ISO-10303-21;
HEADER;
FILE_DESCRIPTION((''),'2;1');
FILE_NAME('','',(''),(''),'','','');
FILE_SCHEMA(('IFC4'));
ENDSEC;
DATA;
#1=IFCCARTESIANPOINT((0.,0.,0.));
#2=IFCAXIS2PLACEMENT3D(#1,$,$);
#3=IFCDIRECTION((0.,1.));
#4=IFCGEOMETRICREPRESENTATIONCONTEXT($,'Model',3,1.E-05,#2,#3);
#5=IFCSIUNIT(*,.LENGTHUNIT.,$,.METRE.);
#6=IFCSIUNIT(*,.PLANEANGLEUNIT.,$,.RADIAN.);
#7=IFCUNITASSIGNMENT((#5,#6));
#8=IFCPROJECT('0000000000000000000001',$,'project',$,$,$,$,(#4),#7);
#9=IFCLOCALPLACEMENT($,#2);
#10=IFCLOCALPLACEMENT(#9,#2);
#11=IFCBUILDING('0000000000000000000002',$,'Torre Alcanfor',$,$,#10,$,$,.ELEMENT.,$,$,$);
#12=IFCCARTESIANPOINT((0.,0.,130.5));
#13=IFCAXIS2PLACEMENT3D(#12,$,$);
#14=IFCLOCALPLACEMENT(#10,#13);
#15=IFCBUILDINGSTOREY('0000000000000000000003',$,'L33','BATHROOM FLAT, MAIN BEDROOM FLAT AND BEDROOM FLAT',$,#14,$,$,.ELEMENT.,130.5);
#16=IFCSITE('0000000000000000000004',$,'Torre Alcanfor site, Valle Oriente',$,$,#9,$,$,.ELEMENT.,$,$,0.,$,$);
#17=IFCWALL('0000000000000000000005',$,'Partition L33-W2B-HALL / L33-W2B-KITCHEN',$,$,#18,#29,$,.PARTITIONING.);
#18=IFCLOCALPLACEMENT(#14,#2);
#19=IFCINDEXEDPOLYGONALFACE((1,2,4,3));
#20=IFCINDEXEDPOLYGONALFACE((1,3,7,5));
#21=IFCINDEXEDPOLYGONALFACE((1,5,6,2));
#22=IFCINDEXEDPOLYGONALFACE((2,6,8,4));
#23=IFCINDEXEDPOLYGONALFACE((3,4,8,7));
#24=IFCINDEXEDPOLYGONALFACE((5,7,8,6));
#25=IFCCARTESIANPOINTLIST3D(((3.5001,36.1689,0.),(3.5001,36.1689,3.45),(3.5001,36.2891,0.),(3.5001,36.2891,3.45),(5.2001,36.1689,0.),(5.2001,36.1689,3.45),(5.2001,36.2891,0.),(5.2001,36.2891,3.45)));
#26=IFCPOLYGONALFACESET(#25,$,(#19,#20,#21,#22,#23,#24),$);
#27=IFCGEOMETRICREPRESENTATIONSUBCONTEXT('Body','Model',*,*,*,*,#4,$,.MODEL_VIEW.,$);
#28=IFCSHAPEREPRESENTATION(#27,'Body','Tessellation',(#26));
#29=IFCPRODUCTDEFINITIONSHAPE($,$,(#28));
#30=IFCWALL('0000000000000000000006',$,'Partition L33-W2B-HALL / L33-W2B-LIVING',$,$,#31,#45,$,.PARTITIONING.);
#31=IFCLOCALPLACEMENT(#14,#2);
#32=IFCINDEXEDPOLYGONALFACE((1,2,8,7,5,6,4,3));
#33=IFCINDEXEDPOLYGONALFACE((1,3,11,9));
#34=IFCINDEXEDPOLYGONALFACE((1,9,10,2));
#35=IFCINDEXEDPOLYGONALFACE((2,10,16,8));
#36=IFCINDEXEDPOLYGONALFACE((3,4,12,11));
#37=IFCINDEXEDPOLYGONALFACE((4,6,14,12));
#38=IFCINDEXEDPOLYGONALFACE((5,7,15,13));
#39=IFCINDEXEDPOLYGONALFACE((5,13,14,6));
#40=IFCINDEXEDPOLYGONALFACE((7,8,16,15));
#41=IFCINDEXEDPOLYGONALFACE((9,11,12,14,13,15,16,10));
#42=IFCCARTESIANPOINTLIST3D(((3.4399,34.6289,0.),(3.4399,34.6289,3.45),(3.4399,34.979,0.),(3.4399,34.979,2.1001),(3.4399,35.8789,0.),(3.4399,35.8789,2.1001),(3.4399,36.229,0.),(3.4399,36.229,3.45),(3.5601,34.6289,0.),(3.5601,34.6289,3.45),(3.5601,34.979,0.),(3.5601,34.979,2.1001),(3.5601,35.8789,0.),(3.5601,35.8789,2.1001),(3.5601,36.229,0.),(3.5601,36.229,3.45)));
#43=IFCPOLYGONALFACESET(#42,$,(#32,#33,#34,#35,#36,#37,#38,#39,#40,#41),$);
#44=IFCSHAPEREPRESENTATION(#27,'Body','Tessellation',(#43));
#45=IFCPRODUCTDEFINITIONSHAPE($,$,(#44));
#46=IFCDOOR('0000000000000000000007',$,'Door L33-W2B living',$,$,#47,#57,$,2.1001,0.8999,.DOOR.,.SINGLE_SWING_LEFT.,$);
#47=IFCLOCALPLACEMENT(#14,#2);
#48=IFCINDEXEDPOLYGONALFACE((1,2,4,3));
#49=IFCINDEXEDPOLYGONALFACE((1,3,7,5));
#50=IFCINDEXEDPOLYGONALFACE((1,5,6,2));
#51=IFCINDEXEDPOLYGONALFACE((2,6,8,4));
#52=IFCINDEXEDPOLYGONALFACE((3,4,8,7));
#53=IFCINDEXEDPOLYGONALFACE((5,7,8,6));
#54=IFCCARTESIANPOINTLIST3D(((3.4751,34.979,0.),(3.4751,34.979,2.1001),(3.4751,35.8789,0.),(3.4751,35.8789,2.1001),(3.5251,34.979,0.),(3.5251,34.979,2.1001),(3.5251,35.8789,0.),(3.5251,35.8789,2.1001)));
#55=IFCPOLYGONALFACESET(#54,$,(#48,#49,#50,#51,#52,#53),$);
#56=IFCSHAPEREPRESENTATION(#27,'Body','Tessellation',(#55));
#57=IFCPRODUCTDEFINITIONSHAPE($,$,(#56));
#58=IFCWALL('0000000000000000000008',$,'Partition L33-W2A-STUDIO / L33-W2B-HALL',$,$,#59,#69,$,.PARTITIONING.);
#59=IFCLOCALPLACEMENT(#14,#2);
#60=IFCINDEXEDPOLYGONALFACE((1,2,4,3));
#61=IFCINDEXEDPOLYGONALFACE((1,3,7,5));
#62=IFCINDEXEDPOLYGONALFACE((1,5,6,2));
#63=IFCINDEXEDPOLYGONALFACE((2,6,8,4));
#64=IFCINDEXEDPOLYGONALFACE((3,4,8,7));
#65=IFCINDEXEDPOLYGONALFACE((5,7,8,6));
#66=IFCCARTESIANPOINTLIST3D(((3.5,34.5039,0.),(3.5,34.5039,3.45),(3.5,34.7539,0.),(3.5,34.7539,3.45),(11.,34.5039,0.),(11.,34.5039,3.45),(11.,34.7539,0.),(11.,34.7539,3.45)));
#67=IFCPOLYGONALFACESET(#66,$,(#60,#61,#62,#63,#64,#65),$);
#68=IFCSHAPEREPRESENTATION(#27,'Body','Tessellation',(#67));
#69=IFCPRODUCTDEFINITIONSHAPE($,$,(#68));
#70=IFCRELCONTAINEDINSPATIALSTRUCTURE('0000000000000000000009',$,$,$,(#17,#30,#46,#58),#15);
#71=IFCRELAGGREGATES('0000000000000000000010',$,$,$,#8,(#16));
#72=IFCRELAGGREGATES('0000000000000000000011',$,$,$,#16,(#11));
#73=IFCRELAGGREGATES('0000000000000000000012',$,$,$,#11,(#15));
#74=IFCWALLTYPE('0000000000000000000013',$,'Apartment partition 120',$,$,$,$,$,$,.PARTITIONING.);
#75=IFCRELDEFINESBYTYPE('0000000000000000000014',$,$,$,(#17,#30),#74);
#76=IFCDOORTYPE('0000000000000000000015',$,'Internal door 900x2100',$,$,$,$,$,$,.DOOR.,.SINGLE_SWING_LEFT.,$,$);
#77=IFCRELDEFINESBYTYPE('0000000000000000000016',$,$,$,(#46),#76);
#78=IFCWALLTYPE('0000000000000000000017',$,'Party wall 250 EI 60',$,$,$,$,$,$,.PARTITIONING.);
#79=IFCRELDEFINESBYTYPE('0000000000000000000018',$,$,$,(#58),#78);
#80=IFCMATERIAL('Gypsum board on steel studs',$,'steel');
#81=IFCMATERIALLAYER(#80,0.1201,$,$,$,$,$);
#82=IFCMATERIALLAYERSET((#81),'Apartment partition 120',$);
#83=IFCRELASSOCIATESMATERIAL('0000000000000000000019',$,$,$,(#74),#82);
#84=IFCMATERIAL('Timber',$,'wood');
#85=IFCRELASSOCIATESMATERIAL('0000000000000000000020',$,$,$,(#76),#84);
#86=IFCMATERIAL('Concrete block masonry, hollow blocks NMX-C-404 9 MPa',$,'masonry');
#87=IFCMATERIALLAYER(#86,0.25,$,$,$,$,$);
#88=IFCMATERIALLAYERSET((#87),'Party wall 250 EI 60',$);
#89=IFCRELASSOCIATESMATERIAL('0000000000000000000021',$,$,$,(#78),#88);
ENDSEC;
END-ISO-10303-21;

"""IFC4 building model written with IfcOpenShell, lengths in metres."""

from ifc_helpers import new_model, si_unit, direction, frame, frame_2d, origin, place, context, subcontext, project, spatial, rectangle, extrude, material, layer, layer_set, type_object, element, fill, save


model = new_model("IFC4")

# Units and contexts
model_context = context("Model", 3, precision=1e-05, world=origin(), true_north=direction((0.0, 1.0)))
body_context = subcontext(model_context, "Body", "Model", "MODEL_VIEW")
ifc_project = project(units=[si_unit("LENGTHUNIT", "METRE"), si_unit("PLANEANGLEUNIT", "RADIAN")], contexts=[model_context])

# Site, building, storey
site_placement = place(None, origin())
site = spatial("IfcSite", under=ifc_project, at=site_placement, Name="Torre Alcanfor site, Valle Oriente", CompositionType="ELEMENT", RefElevation=0.0)
building_placement = place(site_placement, origin())
building = spatial("IfcBuilding", under=site, at=building_placement, Name="Torre Alcanfor", CompositionType="ELEMENT")
storey_placement = place(building_placement, frame((0.0, 0.0, 130.5)))
storey = spatial("IfcBuildingStorey", under=building, at=storey_placement, Name="L33", Description="BATHROOM FLAT, MAIN BEDROOM FLAT AND BEDROOM FLAT", CompositionType="ELEMENT", Elevation=130.5)

# Wall
ifc_material_1 = material(Name="Gypsum board on steel studs", Category="steel")
ifc_layer_1 = layer(ifc_material_1, 0.1201)
ifc_layer_set_1 = layer_set([ifc_layer_1], Name="Apartment partition 120")
wall_type_1 = type_object("IfcWallType", Name="Apartment partition 120", PredefinedType="PARTITIONING", material=ifc_layer_set_1)
wall_1_placement = place(storey_placement, frame((3.5, 36.229, 0.0), z_axis=(0.0, 0.0, 1.0), x_axis=(1.0, 0.0, 0.0)))
element("IfcWall", 1, at=wall_1_placement, inside=storey, type_object=wall_type_1, Name="Partition L33-W2B-HALL / L33-W2B-KITCHEN", PredefinedType="PARTITIONING", context=body_context, shape_type="SweptSolid", body=[
    extrude(rectangle(XDim=1.7, YDim=0.1201, at=frame_2d((0.8501, 0.0))), origin(), (0.0, 0.0, 1.0), 3.45),
])

# Wall, opening, door
wall_2_placement = place(storey_placement, frame((3.5, 34.6289, 0.0), z_axis=(0.0, 0.0, 1.0), x_axis=(0.0, 1.0, 0.0)))
wall_2 = element("IfcWall", 2, at=wall_2_placement, inside=storey, type_object=wall_type_1, Name="Partition L33-W2B-HALL / L33-W2B-LIVING", PredefinedType="PARTITIONING", context=body_context, shape_type="SweptSolid", body=[
    extrude(rectangle(XDim=1.6001, YDim=0.1201, at=frame_2d((0.8, 0.0))), origin(), (0.0, 0.0, 1.0), 3.45),
])
opening_placement = place(wall_2_placement, frame((0.3501, 0.0, 0.0)))
opening = element("IfcOpeningElement", 3, at=opening_placement, cuts=wall_2, PredefinedType="OPENING", context=body_context, shape_type="SweptSolid", body=[
    extrude(rectangle(XDim=0.8999, YDim=2.1001, at=frame_2d((0.45, 1.05))), frame((0.0, 0.0701, 0.0), z_axis=(0.0, -1.0, 0.0), x_axis=(1.0, 0.0, 0.0)), (0.0, 0.0, 1.0), 0.1401),
])
ifc_material_2 = material(Name="Timber", Category="wood")
door_type = type_object("IfcDoorType", Name="Internal door 900x2100", OperationType="SINGLE_SWING_LEFT", PredefinedType="DOOR", material=ifc_material_2)
door_placement = place(opening_placement, origin())
door = element("IfcDoor", 4, at=door_placement, inside=storey, type_object=door_type, Name="Door L33-W2B living", OperationType="SINGLE_SWING_LEFT", OverallHeight=2.1001, OverallWidth=0.8999, PredefinedType="DOOR", context=body_context, shape_type="SweptSolid", body=[
    extrude(rectangle(XDim=0.8999, YDim=2.1001, at=frame_2d((0.45, 1.05))), frame((0.0, 0.0249, 0.0), z_axis=(0.0, -1.0, 0.0), x_axis=(1.0, 0.0, 0.0)), (0.0, 0.0, 1.0), 0.05),
])
fill(opening, door)

# Wall
ifc_material_3 = material(Name="Concrete block masonry, hollow blocks NMX-C-404 9 MPa", Category="masonry")
ifc_layer_2 = layer(ifc_material_3, 0.25)
ifc_layer_set_2 = layer_set([ifc_layer_2], Name="Party wall 250 EI 60")
wall_type_2 = type_object("IfcWallType", Name="Party wall 250 EI 60", PredefinedType="PARTITIONING", material=ifc_layer_set_2)
wall_3_placement = place(storey_placement, frame((3.5, 34.6289, 0.0), z_axis=(0.0, 0.0, 1.0), x_axis=(1.0, 0.0, 0.0)))
element("IfcWall", 5, at=wall_3_placement, inside=storey, type_object=wall_type_2, Name="Partition L33-W2A-STUDIO / L33-W2B-HALL", PredefinedType="PARTITIONING", context=body_context, shape_type="SweptSolid", body=[
    extrude(rectangle(XDim=7.5, YDim=0.25, at=frame_2d((3.75, 0.0))), origin(), (0.0, 0.0, 1.0), 3.45),
])

save(model, "model.ifc")
